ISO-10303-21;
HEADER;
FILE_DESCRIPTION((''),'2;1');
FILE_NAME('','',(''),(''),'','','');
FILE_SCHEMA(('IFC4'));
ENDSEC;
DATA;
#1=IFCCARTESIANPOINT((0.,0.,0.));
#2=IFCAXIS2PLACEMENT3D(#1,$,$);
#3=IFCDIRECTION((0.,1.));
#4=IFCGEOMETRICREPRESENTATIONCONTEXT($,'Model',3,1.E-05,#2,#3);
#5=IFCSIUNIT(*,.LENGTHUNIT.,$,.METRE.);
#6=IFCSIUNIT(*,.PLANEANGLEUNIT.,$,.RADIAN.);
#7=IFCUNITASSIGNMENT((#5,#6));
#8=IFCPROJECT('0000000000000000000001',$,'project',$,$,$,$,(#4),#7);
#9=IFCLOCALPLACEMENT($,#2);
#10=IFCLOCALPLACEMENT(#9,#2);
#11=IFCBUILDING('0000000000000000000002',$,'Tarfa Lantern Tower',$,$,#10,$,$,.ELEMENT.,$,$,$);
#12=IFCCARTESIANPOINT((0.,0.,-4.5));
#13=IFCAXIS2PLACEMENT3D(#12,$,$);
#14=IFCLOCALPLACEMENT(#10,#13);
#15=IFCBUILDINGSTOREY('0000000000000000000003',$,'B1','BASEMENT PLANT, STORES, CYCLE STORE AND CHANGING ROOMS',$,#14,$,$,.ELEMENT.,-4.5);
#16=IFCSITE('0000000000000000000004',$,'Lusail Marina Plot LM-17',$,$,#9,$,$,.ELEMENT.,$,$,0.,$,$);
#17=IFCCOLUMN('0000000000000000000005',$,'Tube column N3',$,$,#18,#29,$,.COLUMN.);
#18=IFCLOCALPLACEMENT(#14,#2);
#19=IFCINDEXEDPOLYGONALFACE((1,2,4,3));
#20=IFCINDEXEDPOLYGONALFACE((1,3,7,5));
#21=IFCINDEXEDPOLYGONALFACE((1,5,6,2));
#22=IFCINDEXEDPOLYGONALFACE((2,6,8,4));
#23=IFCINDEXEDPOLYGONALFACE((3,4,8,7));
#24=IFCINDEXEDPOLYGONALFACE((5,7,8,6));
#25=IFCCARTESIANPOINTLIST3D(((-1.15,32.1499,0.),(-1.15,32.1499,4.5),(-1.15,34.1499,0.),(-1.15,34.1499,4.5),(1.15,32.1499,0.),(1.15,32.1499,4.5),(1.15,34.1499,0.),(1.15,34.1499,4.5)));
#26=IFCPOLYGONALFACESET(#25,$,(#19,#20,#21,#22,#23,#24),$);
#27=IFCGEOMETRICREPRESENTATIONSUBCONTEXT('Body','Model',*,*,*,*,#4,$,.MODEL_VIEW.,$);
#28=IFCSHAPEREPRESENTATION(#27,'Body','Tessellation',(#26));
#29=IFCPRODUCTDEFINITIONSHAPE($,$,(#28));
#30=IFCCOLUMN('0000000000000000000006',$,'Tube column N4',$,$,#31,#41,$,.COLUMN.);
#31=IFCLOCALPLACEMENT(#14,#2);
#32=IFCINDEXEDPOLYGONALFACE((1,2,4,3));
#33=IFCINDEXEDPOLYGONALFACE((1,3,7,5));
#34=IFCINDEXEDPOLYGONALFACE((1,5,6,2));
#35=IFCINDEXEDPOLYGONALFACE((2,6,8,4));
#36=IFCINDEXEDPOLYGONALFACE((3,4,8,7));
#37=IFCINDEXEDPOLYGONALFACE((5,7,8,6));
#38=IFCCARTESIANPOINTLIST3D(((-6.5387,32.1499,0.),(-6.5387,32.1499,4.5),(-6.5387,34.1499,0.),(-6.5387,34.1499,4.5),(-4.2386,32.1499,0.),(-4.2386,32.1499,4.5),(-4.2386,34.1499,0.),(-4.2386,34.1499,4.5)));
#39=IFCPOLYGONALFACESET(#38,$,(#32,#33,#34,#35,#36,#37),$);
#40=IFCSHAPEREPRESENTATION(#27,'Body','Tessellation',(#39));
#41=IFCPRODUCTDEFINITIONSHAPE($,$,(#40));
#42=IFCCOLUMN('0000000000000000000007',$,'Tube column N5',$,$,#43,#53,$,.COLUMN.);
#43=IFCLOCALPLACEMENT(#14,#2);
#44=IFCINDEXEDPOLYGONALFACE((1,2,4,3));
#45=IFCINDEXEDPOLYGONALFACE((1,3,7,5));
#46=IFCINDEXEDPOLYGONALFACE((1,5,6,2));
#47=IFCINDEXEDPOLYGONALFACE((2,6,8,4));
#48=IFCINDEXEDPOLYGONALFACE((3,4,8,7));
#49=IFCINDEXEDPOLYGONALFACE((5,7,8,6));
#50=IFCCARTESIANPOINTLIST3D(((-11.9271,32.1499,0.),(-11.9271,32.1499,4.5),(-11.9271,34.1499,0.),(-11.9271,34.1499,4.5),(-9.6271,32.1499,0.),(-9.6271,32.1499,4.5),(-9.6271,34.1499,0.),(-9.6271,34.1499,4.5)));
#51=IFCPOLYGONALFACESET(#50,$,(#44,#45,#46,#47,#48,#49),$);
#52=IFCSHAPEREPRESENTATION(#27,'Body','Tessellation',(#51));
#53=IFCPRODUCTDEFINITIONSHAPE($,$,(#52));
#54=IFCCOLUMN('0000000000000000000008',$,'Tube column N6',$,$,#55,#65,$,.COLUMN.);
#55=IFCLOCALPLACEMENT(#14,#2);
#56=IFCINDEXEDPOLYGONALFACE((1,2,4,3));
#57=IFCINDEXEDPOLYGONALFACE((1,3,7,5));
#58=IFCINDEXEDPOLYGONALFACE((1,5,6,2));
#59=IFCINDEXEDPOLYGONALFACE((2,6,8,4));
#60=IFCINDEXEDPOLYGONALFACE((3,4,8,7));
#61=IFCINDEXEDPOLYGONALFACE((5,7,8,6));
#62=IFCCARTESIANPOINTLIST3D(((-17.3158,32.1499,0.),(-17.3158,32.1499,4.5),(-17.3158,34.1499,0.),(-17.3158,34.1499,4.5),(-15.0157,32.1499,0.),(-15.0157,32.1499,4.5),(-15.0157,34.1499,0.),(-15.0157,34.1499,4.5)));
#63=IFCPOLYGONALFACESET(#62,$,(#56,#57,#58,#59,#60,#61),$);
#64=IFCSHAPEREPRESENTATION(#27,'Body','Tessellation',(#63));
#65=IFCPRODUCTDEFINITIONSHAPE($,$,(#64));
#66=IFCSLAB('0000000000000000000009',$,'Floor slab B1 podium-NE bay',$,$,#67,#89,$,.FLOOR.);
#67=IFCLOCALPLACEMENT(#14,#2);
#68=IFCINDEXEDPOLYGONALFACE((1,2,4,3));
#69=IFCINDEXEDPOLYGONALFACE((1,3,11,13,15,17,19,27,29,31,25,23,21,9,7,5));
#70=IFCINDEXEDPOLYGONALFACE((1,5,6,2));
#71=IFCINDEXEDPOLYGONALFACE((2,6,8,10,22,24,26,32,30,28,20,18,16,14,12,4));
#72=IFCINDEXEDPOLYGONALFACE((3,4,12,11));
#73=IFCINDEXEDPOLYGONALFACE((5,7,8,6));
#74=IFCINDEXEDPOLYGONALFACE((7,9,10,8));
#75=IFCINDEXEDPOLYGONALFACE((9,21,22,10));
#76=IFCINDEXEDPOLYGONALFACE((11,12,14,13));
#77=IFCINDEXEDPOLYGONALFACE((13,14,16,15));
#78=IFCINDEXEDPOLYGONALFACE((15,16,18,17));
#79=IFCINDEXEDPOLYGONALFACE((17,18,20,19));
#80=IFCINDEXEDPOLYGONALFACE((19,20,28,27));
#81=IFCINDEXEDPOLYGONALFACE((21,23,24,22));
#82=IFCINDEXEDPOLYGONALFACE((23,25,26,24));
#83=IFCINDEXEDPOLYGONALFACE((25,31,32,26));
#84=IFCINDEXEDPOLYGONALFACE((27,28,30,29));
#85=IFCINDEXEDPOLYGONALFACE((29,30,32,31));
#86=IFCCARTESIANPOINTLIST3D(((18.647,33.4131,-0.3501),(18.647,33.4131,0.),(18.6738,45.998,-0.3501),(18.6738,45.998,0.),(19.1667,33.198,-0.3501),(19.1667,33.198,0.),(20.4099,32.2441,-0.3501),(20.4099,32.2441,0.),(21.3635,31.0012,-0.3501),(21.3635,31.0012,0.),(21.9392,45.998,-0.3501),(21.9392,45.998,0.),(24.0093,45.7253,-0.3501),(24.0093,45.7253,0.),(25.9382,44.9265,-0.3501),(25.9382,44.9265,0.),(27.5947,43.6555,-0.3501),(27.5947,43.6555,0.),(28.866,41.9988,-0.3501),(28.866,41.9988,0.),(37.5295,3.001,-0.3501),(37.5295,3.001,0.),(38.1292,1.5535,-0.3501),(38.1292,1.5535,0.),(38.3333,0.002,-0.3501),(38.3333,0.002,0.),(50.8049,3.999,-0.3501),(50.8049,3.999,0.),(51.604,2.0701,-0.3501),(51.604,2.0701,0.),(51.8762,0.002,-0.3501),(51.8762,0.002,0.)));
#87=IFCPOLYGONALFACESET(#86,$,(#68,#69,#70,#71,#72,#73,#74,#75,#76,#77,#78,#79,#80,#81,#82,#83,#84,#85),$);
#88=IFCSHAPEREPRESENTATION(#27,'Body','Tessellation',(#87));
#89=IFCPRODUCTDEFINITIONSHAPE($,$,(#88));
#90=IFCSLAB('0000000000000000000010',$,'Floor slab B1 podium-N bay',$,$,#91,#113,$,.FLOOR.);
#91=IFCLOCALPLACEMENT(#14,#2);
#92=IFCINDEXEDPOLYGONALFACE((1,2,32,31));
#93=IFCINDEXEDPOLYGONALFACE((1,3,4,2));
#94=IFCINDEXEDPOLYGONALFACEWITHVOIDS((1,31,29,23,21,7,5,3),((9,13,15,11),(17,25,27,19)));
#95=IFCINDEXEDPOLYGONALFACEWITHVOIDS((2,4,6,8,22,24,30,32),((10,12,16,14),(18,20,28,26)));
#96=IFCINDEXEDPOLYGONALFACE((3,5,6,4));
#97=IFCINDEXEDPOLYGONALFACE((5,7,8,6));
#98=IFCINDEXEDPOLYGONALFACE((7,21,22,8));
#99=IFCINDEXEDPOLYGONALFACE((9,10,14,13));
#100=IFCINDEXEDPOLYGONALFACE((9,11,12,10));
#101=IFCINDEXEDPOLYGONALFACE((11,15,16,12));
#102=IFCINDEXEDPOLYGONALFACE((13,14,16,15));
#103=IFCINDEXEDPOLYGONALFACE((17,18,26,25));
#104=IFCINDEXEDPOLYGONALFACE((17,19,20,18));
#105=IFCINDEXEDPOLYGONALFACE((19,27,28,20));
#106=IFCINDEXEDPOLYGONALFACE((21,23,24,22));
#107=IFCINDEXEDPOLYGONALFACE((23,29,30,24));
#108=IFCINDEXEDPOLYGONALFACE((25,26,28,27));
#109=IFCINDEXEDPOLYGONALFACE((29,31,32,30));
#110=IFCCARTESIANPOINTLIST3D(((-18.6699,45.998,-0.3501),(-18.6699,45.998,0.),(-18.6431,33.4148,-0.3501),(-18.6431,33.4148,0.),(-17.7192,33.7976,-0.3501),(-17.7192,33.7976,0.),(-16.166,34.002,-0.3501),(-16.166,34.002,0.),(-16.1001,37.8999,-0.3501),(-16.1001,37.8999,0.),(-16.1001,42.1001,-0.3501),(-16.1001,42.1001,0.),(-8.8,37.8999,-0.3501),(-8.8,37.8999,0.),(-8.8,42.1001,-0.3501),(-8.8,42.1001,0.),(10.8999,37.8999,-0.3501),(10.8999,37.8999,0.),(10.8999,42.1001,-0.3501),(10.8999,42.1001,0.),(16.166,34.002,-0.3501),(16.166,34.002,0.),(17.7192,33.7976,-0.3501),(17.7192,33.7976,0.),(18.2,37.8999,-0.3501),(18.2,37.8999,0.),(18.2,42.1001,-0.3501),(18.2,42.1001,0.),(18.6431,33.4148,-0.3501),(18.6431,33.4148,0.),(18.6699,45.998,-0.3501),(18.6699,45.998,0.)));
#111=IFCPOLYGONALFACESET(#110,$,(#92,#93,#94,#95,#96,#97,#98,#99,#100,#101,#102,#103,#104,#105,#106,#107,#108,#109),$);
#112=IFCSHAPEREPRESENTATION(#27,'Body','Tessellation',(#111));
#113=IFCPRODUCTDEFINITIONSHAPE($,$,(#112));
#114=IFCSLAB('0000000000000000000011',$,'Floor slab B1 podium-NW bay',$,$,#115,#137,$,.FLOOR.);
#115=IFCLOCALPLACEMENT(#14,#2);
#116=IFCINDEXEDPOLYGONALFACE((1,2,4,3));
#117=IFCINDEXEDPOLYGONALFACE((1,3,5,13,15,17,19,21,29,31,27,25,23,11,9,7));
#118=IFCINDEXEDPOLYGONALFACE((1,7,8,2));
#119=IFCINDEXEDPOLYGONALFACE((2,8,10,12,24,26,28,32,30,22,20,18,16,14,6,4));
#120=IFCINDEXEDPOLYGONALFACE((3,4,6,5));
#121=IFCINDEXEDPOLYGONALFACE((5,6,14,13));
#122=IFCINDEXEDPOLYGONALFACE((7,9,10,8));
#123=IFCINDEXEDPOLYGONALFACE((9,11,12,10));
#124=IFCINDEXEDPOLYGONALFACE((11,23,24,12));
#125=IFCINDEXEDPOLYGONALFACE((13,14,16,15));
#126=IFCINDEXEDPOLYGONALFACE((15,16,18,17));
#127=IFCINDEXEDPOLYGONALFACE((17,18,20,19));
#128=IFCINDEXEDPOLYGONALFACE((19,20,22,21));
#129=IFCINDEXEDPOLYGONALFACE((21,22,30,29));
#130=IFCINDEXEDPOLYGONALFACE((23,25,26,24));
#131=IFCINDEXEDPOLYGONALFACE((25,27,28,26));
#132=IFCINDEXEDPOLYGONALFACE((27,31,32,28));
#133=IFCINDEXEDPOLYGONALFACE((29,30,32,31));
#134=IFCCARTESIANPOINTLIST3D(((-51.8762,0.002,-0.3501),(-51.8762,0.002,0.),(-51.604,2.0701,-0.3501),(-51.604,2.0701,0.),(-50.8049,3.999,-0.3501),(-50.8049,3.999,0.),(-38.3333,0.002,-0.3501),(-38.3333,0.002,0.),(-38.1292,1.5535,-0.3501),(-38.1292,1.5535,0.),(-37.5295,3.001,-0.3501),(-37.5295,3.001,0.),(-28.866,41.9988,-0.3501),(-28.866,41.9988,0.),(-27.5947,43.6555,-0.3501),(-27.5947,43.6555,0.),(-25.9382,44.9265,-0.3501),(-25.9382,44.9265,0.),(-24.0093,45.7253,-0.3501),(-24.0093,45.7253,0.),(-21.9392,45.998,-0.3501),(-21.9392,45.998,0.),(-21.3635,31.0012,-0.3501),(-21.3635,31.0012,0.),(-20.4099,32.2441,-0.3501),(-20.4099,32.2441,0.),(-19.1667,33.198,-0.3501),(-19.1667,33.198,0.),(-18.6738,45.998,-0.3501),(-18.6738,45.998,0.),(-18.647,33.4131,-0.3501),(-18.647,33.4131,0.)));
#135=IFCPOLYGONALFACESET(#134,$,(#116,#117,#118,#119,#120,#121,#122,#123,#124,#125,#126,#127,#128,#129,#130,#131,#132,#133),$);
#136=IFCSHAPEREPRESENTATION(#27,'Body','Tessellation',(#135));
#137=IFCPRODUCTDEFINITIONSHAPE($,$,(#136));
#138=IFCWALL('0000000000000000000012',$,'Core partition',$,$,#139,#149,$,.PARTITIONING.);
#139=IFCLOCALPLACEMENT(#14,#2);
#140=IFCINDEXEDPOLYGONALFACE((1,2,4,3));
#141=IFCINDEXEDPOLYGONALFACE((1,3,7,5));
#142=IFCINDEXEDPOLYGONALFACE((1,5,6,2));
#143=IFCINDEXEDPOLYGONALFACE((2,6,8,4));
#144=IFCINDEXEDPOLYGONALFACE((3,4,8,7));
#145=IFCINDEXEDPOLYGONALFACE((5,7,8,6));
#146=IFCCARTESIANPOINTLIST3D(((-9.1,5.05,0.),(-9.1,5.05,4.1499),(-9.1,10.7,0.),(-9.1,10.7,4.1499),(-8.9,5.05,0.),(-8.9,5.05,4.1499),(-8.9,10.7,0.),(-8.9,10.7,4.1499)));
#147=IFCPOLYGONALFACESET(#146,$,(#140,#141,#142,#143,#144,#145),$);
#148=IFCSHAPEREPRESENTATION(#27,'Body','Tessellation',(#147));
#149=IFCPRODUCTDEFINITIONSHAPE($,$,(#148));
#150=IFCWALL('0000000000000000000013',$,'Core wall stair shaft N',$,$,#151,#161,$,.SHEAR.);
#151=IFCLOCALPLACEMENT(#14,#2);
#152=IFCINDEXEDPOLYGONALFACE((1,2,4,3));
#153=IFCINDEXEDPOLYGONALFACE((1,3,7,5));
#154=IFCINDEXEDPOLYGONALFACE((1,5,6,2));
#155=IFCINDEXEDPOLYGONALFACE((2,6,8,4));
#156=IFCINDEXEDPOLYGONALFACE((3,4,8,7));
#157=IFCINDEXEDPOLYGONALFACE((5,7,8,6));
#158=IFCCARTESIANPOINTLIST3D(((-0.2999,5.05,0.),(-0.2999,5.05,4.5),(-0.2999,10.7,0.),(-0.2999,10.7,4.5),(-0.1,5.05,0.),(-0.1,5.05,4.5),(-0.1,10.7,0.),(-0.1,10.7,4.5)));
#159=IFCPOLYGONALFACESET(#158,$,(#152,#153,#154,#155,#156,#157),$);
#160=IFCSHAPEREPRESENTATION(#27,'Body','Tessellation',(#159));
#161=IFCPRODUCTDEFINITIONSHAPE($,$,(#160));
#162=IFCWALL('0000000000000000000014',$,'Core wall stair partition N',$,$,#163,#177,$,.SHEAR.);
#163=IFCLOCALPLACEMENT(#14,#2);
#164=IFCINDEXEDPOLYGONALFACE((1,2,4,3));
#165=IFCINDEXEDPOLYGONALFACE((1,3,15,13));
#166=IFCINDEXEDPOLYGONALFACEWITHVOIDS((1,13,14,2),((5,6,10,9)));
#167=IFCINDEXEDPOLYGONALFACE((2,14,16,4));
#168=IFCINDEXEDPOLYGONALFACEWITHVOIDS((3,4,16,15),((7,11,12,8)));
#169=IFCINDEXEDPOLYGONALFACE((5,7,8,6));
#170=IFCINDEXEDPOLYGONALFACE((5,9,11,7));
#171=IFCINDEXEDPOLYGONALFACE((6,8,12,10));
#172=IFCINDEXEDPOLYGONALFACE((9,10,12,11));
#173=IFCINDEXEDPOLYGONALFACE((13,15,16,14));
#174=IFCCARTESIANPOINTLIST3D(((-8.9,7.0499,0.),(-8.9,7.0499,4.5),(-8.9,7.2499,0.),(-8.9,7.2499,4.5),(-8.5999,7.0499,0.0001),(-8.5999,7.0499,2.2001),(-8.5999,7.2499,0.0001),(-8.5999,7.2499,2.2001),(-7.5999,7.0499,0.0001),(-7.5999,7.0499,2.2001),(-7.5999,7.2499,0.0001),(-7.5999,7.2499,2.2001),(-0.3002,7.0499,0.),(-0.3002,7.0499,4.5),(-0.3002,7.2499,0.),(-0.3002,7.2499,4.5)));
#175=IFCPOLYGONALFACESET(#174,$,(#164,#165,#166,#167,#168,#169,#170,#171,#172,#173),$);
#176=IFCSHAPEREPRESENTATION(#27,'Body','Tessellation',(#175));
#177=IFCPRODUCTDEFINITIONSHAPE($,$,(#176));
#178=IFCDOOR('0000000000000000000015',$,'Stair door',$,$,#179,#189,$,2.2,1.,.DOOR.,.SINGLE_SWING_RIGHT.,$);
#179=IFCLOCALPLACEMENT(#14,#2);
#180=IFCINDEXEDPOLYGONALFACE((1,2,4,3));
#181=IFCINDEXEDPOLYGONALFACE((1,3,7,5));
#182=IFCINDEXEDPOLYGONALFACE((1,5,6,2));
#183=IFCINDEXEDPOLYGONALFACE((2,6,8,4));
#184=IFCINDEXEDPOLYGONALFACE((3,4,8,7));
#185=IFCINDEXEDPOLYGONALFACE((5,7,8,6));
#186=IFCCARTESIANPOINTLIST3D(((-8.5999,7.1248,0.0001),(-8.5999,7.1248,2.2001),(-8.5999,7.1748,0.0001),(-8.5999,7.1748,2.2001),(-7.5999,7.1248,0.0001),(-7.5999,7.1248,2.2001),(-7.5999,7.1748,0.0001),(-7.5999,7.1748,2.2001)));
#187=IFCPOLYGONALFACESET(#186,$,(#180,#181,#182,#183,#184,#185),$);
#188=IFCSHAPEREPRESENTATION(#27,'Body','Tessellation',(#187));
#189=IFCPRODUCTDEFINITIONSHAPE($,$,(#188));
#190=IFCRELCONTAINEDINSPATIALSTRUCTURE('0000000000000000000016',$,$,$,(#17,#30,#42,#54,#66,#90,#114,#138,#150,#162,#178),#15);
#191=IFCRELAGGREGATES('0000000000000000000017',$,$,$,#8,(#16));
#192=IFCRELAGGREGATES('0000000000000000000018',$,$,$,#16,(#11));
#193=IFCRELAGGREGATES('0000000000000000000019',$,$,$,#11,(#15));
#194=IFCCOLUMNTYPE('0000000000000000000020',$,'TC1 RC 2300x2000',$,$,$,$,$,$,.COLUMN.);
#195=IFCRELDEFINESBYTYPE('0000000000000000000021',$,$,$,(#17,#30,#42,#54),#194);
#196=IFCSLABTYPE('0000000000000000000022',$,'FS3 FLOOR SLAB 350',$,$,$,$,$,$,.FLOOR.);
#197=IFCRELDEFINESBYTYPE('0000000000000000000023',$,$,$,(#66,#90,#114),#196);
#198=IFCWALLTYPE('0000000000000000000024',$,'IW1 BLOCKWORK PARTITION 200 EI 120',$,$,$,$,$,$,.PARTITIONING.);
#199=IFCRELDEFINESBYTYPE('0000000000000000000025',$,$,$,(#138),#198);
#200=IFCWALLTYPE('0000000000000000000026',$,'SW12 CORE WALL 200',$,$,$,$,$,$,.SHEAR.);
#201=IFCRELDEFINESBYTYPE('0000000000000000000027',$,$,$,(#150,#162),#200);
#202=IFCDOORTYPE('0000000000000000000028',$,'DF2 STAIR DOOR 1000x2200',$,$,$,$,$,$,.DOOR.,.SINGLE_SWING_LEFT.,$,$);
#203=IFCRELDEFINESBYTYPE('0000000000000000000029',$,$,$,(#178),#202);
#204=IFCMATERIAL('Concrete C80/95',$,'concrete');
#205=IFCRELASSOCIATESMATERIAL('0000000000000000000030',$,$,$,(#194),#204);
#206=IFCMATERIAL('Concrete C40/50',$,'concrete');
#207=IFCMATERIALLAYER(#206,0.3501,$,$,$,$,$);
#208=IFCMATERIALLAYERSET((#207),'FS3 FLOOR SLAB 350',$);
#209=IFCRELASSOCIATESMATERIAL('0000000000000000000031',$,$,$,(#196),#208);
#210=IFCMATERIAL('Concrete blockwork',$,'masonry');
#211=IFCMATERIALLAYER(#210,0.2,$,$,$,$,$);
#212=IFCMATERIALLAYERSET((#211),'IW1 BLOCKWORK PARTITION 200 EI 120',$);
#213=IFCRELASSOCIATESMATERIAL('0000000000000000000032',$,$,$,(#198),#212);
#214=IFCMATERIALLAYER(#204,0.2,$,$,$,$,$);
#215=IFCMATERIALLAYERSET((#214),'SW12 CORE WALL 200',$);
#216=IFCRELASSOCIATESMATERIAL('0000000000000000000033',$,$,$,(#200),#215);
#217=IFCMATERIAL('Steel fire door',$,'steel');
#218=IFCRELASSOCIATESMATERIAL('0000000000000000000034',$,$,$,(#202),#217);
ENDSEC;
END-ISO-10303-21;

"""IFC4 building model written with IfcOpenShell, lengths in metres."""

from ifc_helpers import new_model, si_unit, direction, frame, frame_2d, origin, origin_2d, place, context, subcontext, project, spatial, polyline, rectangle, outline, extrude, material, layer, layer_set, material_profile, profile_set, type_object, element, fill, save


model = new_model("IFC4")

# Units and contexts
model_context = context("Model", 3, precision=1e-05, world=origin(), true_north=direction((0.0, 1.0)))
body_context = subcontext(model_context, "Body", "Model", "MODEL_VIEW")
ifc_project = project(units=[si_unit("LENGTHUNIT", "METRE"), si_unit("PLANEANGLEUNIT", "RADIAN")], contexts=[model_context])

# Site, building, storey
site_placement = place(None, origin())
site = spatial("IfcSite", under=ifc_project, at=site_placement, Name="Lusail Marina Plot LM-17", CompositionType="ELEMENT", RefElevation=0.0)
building_placement = place(site_placement, origin())
building = spatial("IfcBuilding", under=site, at=building_placement, Name="Tarfa Lantern Tower", CompositionType="ELEMENT")
storey_placement = place(building_placement, frame((0.0, 0.0, -4.5)))
storey = spatial("IfcBuildingStorey", under=building, at=storey_placement, Name="B1", Description="BASEMENT PLANT, STORES, CYCLE STORE AND CHANGING ROOMS", CompositionType="ELEMENT", Elevation=-4.5)

# Columns
ifc_material_1 = material(Name="Concrete C80/95", Category="concrete")
ifc_material_profile = material_profile(ifc_material_1, rectangle(XDim=2.3, YDim=2.0, at=origin_2d()), Name="RC 2300x2000")
ifc_profile_set = profile_set([ifc_material_profile], Name="Concrete C80/95")
column_type = type_object("IfcColumnType", Name="TC1 RC 2300x2000", PredefinedType="COLUMN", material=ifc_profile_set)
for number, where, z_axis, x_axis, name in (
    (1, (0.0, 33.1499, 0.0), (0.0, 0.0, 1.0), (-1.0, 0.0, 0.0), "Tube column N3"),
    (2, (-5.3887, 33.1499, 0.0), (0.0, 0.0, 1.0), (-1.0, 0.0, 0.0), "Tube column N4"),
    (3, (-10.7771, 33.1499, 0.0), (0.0, 0.0, 1.0), (-1.0, 0.0, 0.0), "Tube column N5"),
    (4, (-16.1658, 33.1499, 0.0), (0.0, 0.0, 1.0), (-1.0, 0.0, 0.0), "Tube column N6"),
):
    element("IfcColumn", number, at=place(storey_placement, frame(where, z_axis=z_axis, x_axis=x_axis)), inside=storey, type_object=column_type, Name=name, PredefinedType="COLUMN", context=body_context, shape_type="SweptSolid", body=[
        extrude(rectangle(XDim=2.3, YDim=2.0, at=origin_2d()), origin(), (0.0, 0.0, 1.0), 4.5),
    ])

# Slabs
ifc_material_2 = material(Name="Concrete C40/50", Category="concrete")
ifc_layer_1 = layer(ifc_material_2, 0.3501)
ifc_layer_set_1 = layer_set([ifc_layer_1], Name="FS3 FLOOR SLAB 350")
slab_type = type_object("IfcSlabType", Name="FS3 FLOOR SLAB 350", PredefinedType="FLOOR", material=ifc_layer_set_1)
slab_1_placement = place(storey_placement, frame((0.0, 0.0, -0.3501)))
element("IfcSlab", 5, at=slab_1_placement, inside=storey, type_object=slab_type, Name="Floor slab B1 podium-NE bay", PredefinedType="FLOOR", context=body_context, shape_type="SweptSolid", body=[
    extrude(outline(polyline([(50.8049, 3.999), (28.866, 41.9988), (27.5947, 43.6555), (25.9382, 44.9265), (24.0093, 45.7253), (21.9392, 45.998), (18.6738, 45.998), (18.647, 33.4131), (19.1667, 33.198), (20.4099, 32.2441), (21.3635, 31.0012), (37.5295, 3.001), (38.1292, 1.5535), (38.3333, 0.002), (51.8762, 0.002), (51.604, 2.0701), (50.8049, 3.999)])), origin(), (0.0, 0.0, 1.0), 0.3501),
])
slab_2_placement = place(storey_placement, frame((0.0, 0.0, -0.3501)))
element("IfcSlab", 6, at=slab_2_placement, inside=storey, type_object=slab_type, Name="Floor slab B1 podium-N bay", PredefinedType="FLOOR", context=body_context, shape_type="SweptSolid", body=[
    extrude(outline(polyline([(-18.6431, 33.4148), (-17.7192, 33.7976), (-16.166, 34.002), (16.166, 34.002), (17.7192, 33.7976), (18.6431, 33.4148), (18.6699, 45.998), (-18.6699, 45.998), (-18.6431, 33.4148)]), holes=[polyline([(10.8999, 37.8999), (18.2, 37.8999), (18.2, 42.1001), (10.8999, 42.1001), (10.8999, 37.8999)]), polyline([(-16.1001, 37.8999), (-8.8, 37.8999), (-8.8, 42.1001), (-16.1001, 42.1001), (-16.1001, 37.8999)])]), origin(), (0.0, 0.0, 1.0), 0.3501),
])
slab_3_placement = place(storey_placement, frame((0.0, 0.0, -0.3501)))
element("IfcSlab", 7, at=slab_3_placement, inside=storey, type_object=slab_type, Name="Floor slab B1 podium-NW bay", PredefinedType="FLOOR", context=body_context, shape_type="SweptSolid", body=[
    extrude(outline(polyline([(-38.3333, 0.002), (-38.1292, 1.5535), (-37.5295, 3.001), (-21.3635, 31.0012), (-20.4099, 32.2441), (-19.1667, 33.198), (-18.647, 33.4131), (-18.6738, 45.998), (-21.9392, 45.998), (-24.0093, 45.7253), (-25.9382, 44.9265), (-27.5947, 43.6555), (-28.866, 41.9988), (-50.8049, 3.999), (-51.604, 2.0701), (-51.8762, 0.002), (-38.3333, 0.002)])), origin(), (0.0, 0.0, 1.0), 0.3501),
])

# Walls
ifc_material_3 = material(Name="Concrete blockwork", Category="masonry")
ifc_layer_2 = layer(ifc_material_3, 0.2)
ifc_layer_set_2 = layer_set([ifc_layer_2], Name="IW1 BLOCKWORK PARTITION 200 EI 120")
wall_type_1 = type_object("IfcWallType", Name="IW1 BLOCKWORK PARTITION 200 EI 120", PredefinedType="PARTITIONING", material=ifc_layer_set_2)
wall_1_placement = place(storey_placement, frame((-9.0, 5.05, 0.0), z_axis=(0.0, 0.0, 1.0), x_axis=(0.0, 1.0, 0.0)))
element("IfcWall", 8, at=wall_1_placement, inside=storey, type_object=wall_type_1, Name="Core partition", PredefinedType="PARTITIONING", context=body_context, shape_type="SweptSolid", body=[
    extrude(rectangle(XDim=5.6499, YDim=0.2, at=frame_2d((2.825, 0.0))), origin(), (0.0, 0.0, 1.0), 4.1499),
])
ifc_layer_3 = layer(ifc_material_1, 0.2)
ifc_layer_set_3 = layer_set([ifc_layer_3], Name="SW12 CORE WALL 200")
wall_type_2 = type_object("IfcWallType", Name="SW12 CORE WALL 200", PredefinedType="SHEAR", material=ifc_layer_set_3)
wall_2_placement = place(storey_placement, frame((-0.2, 5.05, 0.0), z_axis=(0.0, 0.0, 1.0), x_axis=(0.0, 1.0, 0.0)))
element("IfcWall", 9, at=wall_2_placement, inside=storey, type_object=wall_type_2, Name="Core wall stair shaft N", PredefinedType="SHEAR", context=body_context, shape_type="SweptSolid", body=[
    extrude(rectangle(XDim=5.6499, YDim=0.2, at=frame_2d((2.825, 0.0))), origin(), (0.0, 0.0, 1.0), 4.5),
])

# Wall, opening, door
wall_3_placement = place(storey_placement, frame((-8.8999, 7.1499, 0.0), z_axis=(0.0, 0.0, 1.0), x_axis=(1.0, 0.0, 0.0)))
wall_3 = element("IfcWall", 10, at=wall_3_placement, inside=storey, type_object=wall_type_2, Name="Core wall stair partition N", PredefinedType="SHEAR", context=body_context, shape_type="SweptSolid", body=[
    extrude(rectangle(XDim=8.5999, YDim=0.2, at=frame_2d((4.2998, 0.0))), origin(), (0.0, 0.0, 1.0), 4.5),
])
opening_1_placement = place(wall_3_placement, frame((0.3, 0.0, 0.0)))
opening_1 = element("IfcOpeningElement", 11, at=opening_1_placement, cuts=wall_3, PredefinedType="OPENING", context=body_context, shape_type="SweptSolid", body=[
    extrude(rectangle(XDim=1.0, YDim=2.2, at=frame_2d((0.5, 1.1001))), frame((0.0, 0.1099, 0.0), z_axis=(0.0, -1.0, 0.0), x_axis=(1.0, 0.0, 0.0)), (0.0, 0.0, 1.0), 0.22),
])
ifc_material_4 = material(Name="Steel fire door", Category="steel")
door_type_1 = type_object("IfcDoorType", Name="DF2 STAIR DOOR 1000x2200", OperationType="SINGLE_SWING_LEFT", PredefinedType="DOOR", material=ifc_material_4)
door_1_placement = place(opening_1_placement, origin())
door_1 = element("IfcDoor", 12, at=door_1_placement, inside=storey, type_object=door_type_1, Name="Stair door", OperationType="SINGLE_SWING_RIGHT", OverallHeight=2.2, OverallWidth=1.0, PredefinedType="DOOR", context=body_context, shape_type="SweptSolid", body=[
    extrude(rectangle(XDim=1.0, YDim=2.2, at=frame_2d((0.5, 1.1001))), frame((0.0, 0.0249, 0.0), z_axis=(0.0, -1.0, 0.0), x_axis=(1.0, 0.0, 0.0)), (0.0, 0.0, 1.0), 0.05),
])
fill(opening_1, door_1)

save(model, "model.ifc")
